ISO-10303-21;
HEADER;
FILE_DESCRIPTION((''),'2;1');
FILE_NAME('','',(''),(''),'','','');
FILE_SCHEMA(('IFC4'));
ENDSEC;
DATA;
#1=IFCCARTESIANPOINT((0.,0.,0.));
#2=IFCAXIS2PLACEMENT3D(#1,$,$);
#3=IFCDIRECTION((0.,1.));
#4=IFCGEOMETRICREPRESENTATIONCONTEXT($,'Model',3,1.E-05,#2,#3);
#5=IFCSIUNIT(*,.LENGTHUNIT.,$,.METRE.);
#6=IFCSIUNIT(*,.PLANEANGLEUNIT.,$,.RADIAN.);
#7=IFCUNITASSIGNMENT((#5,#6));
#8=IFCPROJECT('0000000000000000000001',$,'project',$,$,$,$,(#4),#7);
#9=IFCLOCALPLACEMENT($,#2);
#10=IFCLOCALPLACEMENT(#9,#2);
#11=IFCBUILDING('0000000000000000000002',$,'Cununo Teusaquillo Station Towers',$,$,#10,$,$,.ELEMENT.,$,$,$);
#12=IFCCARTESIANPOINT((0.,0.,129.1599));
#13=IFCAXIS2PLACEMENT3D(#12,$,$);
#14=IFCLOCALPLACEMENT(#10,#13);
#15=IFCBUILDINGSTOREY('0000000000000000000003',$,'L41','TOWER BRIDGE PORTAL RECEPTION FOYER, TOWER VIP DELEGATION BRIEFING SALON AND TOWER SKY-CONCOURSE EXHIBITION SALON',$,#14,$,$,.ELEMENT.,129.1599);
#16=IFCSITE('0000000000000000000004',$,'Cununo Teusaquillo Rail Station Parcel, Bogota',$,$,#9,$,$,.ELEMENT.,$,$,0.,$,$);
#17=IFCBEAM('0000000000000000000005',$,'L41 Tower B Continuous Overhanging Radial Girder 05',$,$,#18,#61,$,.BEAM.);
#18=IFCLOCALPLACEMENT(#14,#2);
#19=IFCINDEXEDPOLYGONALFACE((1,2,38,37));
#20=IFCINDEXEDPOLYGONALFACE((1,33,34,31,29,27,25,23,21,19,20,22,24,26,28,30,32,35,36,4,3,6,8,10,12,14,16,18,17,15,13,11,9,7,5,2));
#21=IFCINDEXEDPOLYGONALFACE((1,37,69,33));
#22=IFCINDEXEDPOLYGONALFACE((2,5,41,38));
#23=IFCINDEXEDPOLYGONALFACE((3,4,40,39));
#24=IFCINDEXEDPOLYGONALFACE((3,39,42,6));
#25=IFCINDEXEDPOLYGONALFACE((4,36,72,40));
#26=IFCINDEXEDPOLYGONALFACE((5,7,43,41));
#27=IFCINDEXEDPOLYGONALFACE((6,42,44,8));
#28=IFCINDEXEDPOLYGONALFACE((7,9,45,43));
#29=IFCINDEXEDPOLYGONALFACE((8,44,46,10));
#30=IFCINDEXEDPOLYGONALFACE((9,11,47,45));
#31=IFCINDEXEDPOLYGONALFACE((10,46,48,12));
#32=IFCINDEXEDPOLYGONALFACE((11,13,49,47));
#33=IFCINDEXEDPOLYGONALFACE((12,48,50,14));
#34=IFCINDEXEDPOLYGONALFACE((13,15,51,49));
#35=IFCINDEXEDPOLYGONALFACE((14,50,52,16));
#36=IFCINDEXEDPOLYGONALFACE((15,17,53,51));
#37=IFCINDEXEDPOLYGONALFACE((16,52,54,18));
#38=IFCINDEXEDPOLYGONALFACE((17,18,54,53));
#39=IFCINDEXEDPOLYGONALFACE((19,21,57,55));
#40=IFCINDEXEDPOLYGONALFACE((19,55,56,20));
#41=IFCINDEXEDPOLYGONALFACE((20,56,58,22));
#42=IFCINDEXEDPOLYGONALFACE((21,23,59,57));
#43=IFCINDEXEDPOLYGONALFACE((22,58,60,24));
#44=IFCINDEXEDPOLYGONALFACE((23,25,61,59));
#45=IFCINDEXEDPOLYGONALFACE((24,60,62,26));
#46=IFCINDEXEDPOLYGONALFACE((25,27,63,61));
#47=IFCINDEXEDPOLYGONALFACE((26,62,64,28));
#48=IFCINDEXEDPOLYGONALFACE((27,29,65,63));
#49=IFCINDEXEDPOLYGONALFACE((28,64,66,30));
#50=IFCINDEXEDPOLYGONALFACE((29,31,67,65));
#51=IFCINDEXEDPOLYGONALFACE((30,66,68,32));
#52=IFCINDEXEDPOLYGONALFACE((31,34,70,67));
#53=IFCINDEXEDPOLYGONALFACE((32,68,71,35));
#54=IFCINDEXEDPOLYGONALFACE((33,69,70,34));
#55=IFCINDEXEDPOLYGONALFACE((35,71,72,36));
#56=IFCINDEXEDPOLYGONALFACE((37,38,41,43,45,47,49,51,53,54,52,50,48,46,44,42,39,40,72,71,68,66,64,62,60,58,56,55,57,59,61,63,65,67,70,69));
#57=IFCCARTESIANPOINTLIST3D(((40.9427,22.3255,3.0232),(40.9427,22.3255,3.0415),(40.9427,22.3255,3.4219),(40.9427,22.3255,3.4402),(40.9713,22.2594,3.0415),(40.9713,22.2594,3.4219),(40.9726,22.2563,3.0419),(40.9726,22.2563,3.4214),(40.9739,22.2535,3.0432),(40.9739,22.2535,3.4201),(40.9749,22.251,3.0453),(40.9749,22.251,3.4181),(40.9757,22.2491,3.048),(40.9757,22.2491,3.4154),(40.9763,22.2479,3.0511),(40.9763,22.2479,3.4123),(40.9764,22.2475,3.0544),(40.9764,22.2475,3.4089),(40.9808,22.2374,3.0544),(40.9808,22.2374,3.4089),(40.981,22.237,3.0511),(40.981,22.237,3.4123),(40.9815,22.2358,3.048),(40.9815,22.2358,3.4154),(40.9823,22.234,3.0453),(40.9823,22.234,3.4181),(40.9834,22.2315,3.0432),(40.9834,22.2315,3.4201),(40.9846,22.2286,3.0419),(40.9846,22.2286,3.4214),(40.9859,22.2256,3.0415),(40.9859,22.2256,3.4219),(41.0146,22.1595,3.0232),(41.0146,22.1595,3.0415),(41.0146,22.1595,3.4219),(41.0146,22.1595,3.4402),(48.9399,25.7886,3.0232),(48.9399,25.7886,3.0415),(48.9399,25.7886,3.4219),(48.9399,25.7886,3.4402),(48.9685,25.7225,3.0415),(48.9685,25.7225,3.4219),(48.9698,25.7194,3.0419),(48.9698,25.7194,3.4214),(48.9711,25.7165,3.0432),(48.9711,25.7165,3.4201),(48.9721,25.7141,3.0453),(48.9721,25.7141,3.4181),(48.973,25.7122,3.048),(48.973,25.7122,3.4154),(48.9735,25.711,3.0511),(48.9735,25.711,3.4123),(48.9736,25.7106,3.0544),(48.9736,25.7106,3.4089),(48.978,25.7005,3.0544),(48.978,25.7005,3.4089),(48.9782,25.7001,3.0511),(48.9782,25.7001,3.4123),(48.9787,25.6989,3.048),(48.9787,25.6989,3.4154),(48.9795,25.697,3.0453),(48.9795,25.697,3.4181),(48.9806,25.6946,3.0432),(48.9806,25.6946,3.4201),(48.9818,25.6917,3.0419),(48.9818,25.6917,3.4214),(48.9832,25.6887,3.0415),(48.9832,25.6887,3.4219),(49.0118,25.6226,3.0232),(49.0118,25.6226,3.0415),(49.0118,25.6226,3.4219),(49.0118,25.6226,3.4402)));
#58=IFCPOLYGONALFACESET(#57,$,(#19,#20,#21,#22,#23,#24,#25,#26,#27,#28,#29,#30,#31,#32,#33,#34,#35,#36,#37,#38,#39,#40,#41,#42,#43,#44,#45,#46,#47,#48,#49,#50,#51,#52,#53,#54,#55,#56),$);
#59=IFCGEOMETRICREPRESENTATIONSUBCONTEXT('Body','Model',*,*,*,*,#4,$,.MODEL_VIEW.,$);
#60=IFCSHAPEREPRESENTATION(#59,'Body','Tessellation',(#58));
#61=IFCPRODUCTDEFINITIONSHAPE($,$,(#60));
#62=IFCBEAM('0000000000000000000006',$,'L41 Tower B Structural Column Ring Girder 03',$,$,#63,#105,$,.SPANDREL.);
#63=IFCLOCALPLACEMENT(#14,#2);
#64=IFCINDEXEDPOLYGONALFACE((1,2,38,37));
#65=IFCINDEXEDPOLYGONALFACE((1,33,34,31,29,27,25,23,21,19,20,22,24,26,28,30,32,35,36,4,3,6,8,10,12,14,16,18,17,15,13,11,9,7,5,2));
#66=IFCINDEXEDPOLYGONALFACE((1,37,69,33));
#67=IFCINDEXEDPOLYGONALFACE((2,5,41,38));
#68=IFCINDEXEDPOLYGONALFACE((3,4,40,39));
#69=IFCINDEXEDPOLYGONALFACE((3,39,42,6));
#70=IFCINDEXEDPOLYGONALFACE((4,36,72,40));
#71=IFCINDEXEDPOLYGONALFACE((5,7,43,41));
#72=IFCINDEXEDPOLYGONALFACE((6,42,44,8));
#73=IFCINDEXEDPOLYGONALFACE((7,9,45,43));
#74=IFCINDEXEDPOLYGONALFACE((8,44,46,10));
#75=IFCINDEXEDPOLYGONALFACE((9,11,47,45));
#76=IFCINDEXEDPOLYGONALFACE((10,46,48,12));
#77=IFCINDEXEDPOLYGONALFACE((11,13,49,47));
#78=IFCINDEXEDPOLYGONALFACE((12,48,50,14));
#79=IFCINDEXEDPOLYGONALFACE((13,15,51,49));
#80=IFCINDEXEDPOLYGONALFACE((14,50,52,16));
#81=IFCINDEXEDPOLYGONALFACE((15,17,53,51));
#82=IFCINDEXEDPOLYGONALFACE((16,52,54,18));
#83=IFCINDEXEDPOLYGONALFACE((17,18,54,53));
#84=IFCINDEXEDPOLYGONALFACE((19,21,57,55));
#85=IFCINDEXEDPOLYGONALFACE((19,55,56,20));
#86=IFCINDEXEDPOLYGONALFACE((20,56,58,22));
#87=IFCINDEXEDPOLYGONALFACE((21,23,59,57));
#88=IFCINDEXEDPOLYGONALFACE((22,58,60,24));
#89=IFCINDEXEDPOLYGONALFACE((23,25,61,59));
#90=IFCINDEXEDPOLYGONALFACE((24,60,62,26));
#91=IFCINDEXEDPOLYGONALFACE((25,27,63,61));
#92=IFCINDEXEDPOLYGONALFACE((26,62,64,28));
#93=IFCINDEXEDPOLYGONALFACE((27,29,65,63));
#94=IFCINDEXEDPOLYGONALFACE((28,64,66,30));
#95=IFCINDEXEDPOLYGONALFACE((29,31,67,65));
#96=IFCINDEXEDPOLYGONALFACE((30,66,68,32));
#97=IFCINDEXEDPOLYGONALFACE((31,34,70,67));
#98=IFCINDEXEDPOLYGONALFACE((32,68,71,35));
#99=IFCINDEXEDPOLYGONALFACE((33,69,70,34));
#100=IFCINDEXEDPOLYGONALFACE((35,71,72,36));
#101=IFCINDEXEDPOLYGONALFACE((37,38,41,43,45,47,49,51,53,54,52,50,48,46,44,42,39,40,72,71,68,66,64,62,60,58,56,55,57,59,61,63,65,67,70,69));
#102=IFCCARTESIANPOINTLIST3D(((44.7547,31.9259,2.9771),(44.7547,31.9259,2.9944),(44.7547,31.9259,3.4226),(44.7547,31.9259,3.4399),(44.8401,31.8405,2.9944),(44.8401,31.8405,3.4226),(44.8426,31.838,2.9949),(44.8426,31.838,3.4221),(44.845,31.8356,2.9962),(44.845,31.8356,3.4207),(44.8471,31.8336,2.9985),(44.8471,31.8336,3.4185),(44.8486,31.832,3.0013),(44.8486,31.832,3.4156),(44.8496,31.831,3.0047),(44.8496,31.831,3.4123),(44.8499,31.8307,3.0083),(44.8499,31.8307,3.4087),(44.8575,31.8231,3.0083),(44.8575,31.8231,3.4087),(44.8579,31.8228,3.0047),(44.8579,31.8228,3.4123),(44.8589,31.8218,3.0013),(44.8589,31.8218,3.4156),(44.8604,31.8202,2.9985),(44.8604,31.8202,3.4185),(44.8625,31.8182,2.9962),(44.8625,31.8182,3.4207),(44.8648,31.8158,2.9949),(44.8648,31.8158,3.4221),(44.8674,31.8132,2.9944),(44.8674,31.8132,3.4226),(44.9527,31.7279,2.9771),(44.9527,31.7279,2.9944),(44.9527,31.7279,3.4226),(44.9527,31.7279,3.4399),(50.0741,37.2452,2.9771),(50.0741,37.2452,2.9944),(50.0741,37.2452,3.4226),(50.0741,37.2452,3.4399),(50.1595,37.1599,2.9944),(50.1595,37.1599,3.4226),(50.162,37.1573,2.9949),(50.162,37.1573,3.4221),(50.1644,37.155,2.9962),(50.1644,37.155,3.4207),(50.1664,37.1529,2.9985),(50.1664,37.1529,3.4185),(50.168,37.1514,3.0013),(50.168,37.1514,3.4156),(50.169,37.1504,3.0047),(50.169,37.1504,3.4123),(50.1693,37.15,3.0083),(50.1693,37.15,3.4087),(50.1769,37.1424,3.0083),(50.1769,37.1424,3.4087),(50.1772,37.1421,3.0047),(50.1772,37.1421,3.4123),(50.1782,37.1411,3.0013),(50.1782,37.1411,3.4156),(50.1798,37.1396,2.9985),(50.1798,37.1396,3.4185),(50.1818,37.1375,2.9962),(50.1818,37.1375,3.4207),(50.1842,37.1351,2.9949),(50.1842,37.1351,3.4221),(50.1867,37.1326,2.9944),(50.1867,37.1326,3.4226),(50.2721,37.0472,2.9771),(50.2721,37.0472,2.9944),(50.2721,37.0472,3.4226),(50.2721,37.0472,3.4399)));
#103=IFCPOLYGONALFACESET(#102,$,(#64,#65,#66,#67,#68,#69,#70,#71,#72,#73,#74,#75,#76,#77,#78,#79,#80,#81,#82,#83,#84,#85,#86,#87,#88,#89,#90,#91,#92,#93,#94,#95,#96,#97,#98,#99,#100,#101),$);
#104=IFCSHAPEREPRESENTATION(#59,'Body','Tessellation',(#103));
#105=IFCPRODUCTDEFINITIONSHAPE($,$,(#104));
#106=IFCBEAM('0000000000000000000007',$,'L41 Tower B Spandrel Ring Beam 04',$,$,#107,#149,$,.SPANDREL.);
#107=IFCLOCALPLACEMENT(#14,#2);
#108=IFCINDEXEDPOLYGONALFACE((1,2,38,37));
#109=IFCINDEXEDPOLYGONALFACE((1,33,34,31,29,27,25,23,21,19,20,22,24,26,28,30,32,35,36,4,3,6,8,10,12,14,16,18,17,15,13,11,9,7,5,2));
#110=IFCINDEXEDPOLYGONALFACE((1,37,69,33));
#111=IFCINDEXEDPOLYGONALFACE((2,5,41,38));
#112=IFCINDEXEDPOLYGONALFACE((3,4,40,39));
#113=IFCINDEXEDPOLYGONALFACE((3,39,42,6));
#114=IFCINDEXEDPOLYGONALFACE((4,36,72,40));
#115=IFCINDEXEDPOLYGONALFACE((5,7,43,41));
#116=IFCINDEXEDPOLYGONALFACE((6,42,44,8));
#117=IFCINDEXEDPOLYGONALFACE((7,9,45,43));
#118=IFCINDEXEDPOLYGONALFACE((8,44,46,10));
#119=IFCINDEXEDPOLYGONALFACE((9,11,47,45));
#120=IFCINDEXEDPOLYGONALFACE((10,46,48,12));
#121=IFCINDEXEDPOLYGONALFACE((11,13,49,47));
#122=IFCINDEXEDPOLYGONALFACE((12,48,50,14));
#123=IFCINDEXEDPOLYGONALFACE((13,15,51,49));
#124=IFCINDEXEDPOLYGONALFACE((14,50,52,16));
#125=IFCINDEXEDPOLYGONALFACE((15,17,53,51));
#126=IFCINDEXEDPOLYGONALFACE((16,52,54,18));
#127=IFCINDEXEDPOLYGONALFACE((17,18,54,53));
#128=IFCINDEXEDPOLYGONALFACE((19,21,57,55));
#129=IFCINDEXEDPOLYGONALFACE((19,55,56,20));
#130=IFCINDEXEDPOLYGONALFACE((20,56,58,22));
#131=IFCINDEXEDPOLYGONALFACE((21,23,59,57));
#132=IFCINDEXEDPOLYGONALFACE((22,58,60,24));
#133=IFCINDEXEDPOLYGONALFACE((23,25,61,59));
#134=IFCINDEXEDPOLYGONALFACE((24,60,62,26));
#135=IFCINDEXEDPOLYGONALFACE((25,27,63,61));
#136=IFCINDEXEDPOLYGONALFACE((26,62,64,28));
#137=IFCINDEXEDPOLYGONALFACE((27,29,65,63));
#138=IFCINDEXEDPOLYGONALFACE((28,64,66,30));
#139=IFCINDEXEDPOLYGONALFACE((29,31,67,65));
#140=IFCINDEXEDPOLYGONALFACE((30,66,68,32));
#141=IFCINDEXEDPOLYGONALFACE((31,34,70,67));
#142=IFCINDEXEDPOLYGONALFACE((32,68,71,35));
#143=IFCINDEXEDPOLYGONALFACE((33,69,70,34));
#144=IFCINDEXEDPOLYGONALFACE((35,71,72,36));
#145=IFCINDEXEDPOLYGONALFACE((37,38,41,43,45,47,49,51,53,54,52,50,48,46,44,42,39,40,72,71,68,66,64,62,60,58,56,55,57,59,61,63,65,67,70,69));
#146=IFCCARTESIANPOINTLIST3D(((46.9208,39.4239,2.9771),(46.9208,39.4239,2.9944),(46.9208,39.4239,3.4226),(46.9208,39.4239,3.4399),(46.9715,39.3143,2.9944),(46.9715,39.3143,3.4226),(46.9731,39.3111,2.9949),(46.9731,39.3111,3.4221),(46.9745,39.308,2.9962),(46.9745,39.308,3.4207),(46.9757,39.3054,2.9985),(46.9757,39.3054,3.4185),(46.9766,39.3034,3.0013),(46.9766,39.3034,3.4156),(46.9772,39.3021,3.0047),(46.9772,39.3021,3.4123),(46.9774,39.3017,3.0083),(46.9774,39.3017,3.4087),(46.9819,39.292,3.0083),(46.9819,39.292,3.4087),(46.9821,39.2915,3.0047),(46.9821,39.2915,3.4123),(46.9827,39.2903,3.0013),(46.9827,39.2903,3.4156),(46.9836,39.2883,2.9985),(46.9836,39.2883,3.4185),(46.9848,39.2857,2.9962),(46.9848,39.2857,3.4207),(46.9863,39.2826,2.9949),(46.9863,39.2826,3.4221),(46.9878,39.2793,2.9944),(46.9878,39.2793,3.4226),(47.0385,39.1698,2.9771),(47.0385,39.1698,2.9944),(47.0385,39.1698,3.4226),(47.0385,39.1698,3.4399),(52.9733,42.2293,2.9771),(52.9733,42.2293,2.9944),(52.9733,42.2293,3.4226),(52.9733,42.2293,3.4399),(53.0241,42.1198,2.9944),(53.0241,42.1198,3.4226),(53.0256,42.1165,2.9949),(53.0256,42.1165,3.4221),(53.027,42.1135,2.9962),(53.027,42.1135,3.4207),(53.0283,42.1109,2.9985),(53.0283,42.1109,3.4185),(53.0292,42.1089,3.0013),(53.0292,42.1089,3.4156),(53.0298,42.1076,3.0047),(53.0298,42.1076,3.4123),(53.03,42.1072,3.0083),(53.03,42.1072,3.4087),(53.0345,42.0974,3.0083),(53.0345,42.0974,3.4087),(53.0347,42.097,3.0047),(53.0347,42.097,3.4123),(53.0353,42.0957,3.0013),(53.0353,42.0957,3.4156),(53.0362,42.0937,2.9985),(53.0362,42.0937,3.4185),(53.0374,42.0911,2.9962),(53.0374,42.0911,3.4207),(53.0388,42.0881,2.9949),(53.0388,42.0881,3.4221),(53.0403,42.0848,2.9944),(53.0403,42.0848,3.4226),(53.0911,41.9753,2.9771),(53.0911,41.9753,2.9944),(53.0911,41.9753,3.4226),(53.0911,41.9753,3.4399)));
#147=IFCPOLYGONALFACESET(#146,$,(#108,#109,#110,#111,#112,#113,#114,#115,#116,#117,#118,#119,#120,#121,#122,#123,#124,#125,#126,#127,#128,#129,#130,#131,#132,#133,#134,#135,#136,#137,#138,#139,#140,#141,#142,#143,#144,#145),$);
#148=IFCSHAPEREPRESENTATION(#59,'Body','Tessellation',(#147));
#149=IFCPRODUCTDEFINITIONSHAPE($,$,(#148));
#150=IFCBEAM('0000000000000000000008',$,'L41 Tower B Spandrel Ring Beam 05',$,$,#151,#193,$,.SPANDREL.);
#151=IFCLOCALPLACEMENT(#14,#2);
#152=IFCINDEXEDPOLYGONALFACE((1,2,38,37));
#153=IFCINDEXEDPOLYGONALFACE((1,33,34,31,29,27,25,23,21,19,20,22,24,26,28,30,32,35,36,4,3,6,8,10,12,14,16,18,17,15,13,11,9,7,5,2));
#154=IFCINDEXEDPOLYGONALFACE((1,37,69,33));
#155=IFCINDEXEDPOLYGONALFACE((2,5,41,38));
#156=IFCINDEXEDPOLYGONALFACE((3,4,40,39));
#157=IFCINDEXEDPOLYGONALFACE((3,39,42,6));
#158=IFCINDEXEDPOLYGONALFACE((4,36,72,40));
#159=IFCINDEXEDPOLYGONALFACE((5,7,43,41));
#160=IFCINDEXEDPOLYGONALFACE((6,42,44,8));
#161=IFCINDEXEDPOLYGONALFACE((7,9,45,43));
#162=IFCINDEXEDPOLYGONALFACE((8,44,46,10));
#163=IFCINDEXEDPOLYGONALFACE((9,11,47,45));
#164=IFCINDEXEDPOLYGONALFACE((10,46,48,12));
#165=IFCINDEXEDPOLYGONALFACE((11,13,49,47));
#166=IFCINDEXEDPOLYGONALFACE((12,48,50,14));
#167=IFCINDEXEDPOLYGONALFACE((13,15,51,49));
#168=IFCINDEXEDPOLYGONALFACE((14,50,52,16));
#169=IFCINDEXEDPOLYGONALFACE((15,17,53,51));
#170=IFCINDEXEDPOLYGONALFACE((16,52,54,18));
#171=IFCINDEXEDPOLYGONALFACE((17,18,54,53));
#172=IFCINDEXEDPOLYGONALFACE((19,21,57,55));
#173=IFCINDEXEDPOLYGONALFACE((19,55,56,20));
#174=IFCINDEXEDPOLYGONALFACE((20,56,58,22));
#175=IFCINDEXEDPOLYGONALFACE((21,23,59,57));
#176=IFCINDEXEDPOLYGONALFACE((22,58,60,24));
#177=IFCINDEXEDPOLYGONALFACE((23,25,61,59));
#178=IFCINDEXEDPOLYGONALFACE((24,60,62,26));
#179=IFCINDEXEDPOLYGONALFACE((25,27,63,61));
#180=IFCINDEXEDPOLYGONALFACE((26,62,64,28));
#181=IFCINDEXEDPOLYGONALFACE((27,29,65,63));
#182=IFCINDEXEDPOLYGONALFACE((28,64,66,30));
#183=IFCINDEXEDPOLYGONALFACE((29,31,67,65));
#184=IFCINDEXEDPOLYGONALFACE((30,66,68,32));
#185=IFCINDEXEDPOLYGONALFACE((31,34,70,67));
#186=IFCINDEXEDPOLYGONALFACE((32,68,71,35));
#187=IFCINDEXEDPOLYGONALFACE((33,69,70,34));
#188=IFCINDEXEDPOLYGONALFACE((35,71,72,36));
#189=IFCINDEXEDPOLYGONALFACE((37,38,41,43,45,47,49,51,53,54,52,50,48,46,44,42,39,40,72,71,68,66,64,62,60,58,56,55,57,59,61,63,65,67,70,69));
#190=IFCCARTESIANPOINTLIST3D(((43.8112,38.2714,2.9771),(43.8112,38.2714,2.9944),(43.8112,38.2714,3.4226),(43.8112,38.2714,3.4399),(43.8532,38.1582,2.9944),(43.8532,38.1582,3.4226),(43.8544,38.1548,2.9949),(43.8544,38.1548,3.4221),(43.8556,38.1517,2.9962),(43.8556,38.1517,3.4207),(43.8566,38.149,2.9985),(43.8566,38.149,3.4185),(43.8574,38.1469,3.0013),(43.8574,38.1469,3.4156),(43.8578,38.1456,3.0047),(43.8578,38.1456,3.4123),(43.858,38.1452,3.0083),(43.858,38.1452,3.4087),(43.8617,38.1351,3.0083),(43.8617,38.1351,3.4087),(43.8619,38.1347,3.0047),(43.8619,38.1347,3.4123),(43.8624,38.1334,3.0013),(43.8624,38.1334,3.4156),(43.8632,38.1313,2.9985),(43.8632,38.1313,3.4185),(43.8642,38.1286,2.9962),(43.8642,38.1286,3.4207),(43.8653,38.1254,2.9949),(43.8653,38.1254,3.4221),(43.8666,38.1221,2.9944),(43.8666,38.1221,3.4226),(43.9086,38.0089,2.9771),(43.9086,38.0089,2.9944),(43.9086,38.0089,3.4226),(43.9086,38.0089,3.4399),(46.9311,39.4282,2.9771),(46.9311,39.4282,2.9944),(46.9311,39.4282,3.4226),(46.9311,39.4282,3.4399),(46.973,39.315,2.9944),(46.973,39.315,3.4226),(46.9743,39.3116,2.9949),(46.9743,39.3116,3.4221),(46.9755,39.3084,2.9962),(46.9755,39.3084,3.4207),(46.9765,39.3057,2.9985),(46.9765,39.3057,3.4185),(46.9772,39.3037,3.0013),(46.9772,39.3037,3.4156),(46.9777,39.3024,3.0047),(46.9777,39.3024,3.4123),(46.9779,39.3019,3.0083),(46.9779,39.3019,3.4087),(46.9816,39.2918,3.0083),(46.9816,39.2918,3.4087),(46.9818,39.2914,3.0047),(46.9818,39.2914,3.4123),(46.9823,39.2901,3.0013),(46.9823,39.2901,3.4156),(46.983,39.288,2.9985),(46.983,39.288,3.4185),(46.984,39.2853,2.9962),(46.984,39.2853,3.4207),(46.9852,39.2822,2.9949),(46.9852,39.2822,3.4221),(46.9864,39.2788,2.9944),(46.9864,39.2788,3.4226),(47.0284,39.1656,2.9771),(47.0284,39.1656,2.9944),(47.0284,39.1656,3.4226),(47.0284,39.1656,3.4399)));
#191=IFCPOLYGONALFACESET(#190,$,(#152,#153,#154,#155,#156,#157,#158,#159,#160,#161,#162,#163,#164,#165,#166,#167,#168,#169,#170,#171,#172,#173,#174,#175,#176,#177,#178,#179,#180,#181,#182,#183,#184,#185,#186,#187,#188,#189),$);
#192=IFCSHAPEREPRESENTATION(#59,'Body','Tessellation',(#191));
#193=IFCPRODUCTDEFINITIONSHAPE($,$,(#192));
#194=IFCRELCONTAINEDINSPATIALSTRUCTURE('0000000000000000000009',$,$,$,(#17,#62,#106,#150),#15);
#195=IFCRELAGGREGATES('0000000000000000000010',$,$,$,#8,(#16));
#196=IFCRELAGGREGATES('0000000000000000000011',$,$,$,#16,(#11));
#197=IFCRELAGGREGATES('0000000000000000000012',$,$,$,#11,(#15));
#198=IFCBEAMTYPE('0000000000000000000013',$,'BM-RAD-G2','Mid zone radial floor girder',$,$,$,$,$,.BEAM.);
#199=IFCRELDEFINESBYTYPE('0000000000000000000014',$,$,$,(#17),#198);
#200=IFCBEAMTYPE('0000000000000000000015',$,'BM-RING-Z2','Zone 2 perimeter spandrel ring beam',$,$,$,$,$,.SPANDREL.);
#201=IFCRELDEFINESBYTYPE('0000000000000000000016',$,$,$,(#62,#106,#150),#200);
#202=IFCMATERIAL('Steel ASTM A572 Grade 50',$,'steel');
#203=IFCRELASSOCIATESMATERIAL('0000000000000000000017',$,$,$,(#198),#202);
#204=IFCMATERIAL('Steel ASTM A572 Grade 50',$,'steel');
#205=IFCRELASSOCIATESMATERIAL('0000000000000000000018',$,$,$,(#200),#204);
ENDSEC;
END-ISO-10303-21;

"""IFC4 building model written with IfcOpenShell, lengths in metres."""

from ifc_helpers import new_model, si_unit, direction, frame, origin, origin_2d, place, context, subcontext, project, spatial, i_section, extrude, material, material_profile, profile_set, type_object, element, save


model = new_model("IFC4")

# Units and contexts
model_context = context("Model", 3, precision=1e-05, world=origin(), true_north=direction((0.0, 1.0)))
body_context = subcontext(model_context, "Body", "Model", "MODEL_VIEW")
ifc_project = project(units=[si_unit("LENGTHUNIT", "METRE"), si_unit("PLANEANGLEUNIT", "RADIAN")], contexts=[model_context])

# Site, building, storey
site_placement = place(None, origin())
site = spatial("IfcSite", under=ifc_project, at=site_placement, Name="Cununo Teusaquillo Rail Station Parcel, Bogota", CompositionType="ELEMENT", RefElevation=0.0)
building_placement = place(site_placement, origin())
building = spatial("IfcBuilding", under=site, at=building_placement, Name="Cununo Teusaquillo Station Towers", CompositionType="ELEMENT")
storey_placement = place(building_placement, frame((0.0, 0.0, 129.1599)))
storey = spatial("IfcBuildingStorey", under=building, at=storey_placement, Name="L41", Description="TOWER BRIDGE PORTAL RECEPTION FOYER, TOWER VIP DELEGATION BRIEFING SALON AND TOWER SKY-CONCOURSE EXHIBITION SALON", CompositionType="ELEMENT", Elevation=129.1599)

# Beams
ifc_material_1 = material(Name="Steel ASTM A572 Grade 50", Category="steel")
ifc_material_profile_1 = material_profile(ifc_material_1, i_section(OverallWidth=0.1809, OverallDepth=0.417, WebThickness=0.011, FlangeThickness=0.0183, FilletRadius=0.0129, at=origin_2d()), Name="W16X57")
ifc_profile_set_1 = profile_set([ifc_material_profile_1], Name="Steel ASTM A572 Grade 50")
beam_type_1 = type_object("IfcBeamType", Name="BM-RAD-G2", Description="Mid zone radial floor girder", PredefinedType="BEAM", material=ifc_profile_set_1)
beam_1_placement = place(storey_placement, frame((48.9758, 25.7056, 3.2317), z_axis=(-0.917655, -0.397379, 0.0), x_axis=(0.397379, -0.917655, 0.0)))
element("IfcBeam", 1, at=beam_1_placement, inside=storey, type_object=beam_type_1, Name="L41 Tower B Continuous Overhanging Radial Girder 05", PredefinedType="BEAM", context=body_context, shape_type="SweptSolid", body=[
    extrude(i_section(OverallWidth=0.1809, OverallDepth=0.417, WebThickness=0.011, FlangeThickness=0.0183, FilletRadius=0.0129, at=origin_2d()), origin(), (0.0, 0.0, 1.0), 8.7148),
])
ifc_material_2 = material(Name="Steel ASTM A572 Grade 50", Category="steel")
ifc_material_profile_2 = material_profile(ifc_material_2, i_section(OverallWidth=0.28, OverallDepth=0.4629, WebThickness=0.0107, FlangeThickness=0.0173, FilletRadius=0.0139, at=origin_2d()), Name="W18X76")
ifc_profile_set_2 = profile_set([ifc_material_profile_2], Name="Steel ASTM A572 Grade 50")
beam_type_2 = type_object("IfcBeamType", Name="BM-RING-Z2", Description="Zone 2 perimeter spandrel ring beam", PredefinedType="SPANDREL", material=ifc_profile_set_2)
beam_2_placement = place(storey_placement, frame((50.1731, 37.1462, 3.2085), z_axis=(-0.707107, -0.707107, 0.0), x_axis=(0.707107, -0.707107, 0.0)))
element("IfcBeam", 2, at=beam_2_placement, inside=storey, type_object=beam_type_2, Name="L41 Tower B Structural Column Ring Girder 03", PredefinedType="SPANDREL", context=body_context, shape_type="SweptSolid", body=[
    extrude(i_section(OverallWidth=0.28, OverallDepth=0.4629, WebThickness=0.0107, FlangeThickness=0.0173, FilletRadius=0.0139, at=origin_2d()), origin(), (0.0, 0.0, 1.0), 7.5227),
])
beam_3_placement = place(storey_placement, frame((53.0322, 42.1023, 3.2085), z_axis=(-0.907276, -0.420536, 0.0), x_axis=(0.420536, -0.907276, 0.0)))
element("IfcBeam", 3, at=beam_3_placement, inside=storey, type_object=beam_type_2, Name="L41 Tower B Spandrel Ring Beam 04", PredefinedType="SPANDREL", context=body_context, shape_type="SweptSolid", body=[
    extrude(i_section(OverallWidth=0.28, OverallDepth=0.4629, WebThickness=0.0107, FlangeThickness=0.0173, FilletRadius=0.0139, at=origin_2d()), origin(), (0.0, 0.0, 1.0), 6.6711),
])
beam_4_placement = place(storey_placement, frame((46.9797, 39.2969, 3.2085), z_axis=(-0.937628, -0.347639, 0.0), x_axis=(0.347639, -0.937628, 0.0)))
element("IfcBeam", 4, at=beam_4_placement, inside=storey, type_object=beam_type_2, Name="L41 Tower B Spandrel Ring Beam 05", PredefinedType="SPANDREL", context=body_context, shape_type="SweptSolid", body=[
    extrude(i_section(OverallWidth=0.28, OverallDepth=0.4629, WebThickness=0.0107, FlangeThickness=0.0173, FilletRadius=0.0139, at=origin_2d()), origin(), (0.0, 0.0, 1.0), 3.3274),
])

save(model, "model.ifc")
